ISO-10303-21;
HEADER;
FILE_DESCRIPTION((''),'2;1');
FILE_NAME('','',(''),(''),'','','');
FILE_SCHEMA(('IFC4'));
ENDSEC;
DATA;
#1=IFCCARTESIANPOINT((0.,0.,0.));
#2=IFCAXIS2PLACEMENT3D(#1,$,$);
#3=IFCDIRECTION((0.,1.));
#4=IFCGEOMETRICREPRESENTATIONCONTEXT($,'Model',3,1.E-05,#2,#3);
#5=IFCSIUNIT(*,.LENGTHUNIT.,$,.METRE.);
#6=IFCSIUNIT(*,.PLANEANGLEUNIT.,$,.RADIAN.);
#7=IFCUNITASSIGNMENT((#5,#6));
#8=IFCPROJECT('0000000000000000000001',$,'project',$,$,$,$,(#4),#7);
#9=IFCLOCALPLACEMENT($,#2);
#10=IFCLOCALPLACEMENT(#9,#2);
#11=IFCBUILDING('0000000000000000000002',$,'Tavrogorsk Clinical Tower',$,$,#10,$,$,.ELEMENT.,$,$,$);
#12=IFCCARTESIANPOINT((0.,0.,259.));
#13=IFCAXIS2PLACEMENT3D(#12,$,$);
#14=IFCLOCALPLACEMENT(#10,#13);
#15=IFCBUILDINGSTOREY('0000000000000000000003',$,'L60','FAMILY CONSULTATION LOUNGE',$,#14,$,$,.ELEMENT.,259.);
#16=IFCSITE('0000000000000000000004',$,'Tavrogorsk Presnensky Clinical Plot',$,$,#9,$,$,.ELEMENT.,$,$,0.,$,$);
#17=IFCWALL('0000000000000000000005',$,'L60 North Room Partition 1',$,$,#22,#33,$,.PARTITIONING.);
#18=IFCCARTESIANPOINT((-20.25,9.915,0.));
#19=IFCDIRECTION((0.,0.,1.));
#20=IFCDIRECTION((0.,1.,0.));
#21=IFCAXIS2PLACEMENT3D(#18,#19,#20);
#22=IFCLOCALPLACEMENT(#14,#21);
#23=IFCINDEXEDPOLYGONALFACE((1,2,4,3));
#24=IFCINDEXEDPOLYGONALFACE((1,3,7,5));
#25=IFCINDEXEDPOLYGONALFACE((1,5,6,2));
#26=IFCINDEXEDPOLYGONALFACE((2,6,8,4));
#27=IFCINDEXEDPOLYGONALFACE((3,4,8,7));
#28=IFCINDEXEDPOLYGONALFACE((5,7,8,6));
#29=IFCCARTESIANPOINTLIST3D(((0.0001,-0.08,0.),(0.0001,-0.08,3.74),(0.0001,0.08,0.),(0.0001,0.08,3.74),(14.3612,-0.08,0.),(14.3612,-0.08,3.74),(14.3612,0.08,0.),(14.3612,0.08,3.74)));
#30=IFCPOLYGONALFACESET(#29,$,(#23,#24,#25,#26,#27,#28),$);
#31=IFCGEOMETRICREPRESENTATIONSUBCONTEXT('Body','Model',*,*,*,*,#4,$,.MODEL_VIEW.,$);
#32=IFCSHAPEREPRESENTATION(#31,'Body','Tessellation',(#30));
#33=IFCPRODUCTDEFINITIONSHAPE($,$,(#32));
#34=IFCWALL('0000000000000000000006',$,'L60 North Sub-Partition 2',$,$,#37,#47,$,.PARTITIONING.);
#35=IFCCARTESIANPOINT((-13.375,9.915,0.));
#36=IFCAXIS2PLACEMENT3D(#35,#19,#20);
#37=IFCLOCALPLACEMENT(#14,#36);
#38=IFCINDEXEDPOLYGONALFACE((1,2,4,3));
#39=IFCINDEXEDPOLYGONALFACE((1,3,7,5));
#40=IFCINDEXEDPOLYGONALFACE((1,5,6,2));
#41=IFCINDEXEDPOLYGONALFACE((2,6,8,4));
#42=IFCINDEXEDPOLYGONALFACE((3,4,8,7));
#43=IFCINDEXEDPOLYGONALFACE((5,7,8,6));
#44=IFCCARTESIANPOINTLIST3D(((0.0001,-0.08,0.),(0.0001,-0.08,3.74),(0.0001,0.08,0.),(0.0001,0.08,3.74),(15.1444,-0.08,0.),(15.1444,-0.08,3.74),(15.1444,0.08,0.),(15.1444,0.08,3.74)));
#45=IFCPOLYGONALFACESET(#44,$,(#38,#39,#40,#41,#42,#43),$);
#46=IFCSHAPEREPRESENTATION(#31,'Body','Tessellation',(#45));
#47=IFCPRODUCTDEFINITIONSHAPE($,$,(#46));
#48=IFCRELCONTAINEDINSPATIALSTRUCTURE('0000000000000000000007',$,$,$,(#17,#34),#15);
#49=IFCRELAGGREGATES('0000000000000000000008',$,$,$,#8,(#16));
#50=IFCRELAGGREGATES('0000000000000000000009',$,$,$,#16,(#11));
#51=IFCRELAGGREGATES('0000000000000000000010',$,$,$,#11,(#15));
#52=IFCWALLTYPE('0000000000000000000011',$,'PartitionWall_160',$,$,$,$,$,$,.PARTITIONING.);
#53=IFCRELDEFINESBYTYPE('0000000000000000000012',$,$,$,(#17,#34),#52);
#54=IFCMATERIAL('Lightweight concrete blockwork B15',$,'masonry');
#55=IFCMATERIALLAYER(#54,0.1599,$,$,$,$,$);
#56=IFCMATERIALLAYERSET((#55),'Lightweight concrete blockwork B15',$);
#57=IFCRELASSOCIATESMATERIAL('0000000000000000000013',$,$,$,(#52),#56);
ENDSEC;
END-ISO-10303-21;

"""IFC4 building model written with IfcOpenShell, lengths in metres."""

from ifc_helpers import new_model, si_unit, direction, frame, frame_2d, origin, place, context, subcontext, project, spatial, rectangle, extrude, material, layer, layer_set, type_object, element, save


model = new_model("IFC4")

# Units and contexts
model_context = context("Model", 3, precision=1e-05, world=origin(), true_north=direction((0.0, 1.0)))
body_context = subcontext(model_context, "Body", "Model", "MODEL_VIEW")
ifc_project = project(units=[si_unit("LENGTHUNIT", "METRE"), si_unit("PLANEANGLEUNIT", "RADIAN")], contexts=[model_context])

# Site, building, storey
site_placement = place(None, origin())
site = spatial("IfcSite", under=ifc_project, at=site_placement, Name="Tavrogorsk Presnensky Clinical Plot", CompositionType="ELEMENT", RefElevation=0.0)
building_placement = place(site_placement, origin())
building = spatial("IfcBuilding", under=site, at=building_placement, Name="Tavrogorsk Clinical Tower", CompositionType="ELEMENT")
storey_placement = place(building_placement, frame((0.0, 0.0, 259.0)))
storey = spatial("IfcBuildingStorey", under=building, at=storey_placement, Name="L60", Description="FAMILY CONSULTATION LOUNGE", CompositionType="ELEMENT", Elevation=259.0)

# Walls
ifc_material_1 = material(Name="Lightweight concrete blockwork B15", Category="masonry")
ifc_layer_1 = layer(ifc_material_1, 0.1599)
ifc_layer_set_1 = layer_set([ifc_layer_1], Name="Lightweight concrete blockwork B15")
wall_type_1 = type_object("IfcWallType", Name="PartitionWall_160", PredefinedType="PARTITIONING", material=ifc_layer_set_1)
wall_1_placement = place(storey_placement, frame((-20.25, 9.915, 0.0), z_axis=(0.0, 0.0, 1.0), x_axis=(0.0, 1.0, 0.0)))
element("IfcWall", 1, at=wall_1_placement, inside=storey, type_object=wall_type_1, Name="L60 North Room Partition 1", PredefinedType="PARTITIONING", context=body_context, shape_type="SweptSolid", body=[
    extrude(rectangle(XDim=14.3611, YDim=0.1599, at=frame_2d((7.1807, 0.0))), origin(), (0.0, 0.0, 1.0), 3.74),
])
wall_2_placement = place(storey_placement, frame((-13.375, 9.915, 0.0), z_axis=(0.0, 0.0, 1.0), x_axis=(0.0, 1.0, 0.0)))
element("IfcWall", 2, at=wall_2_placement, inside=storey, type_object=wall_type_1, Name="L60 North Sub-Partition 2", PredefinedType="PARTITIONING", context=body_context, shape_type="SweptSolid", body=[
    extrude(rectangle(XDim=15.1443, YDim=0.1599, at=frame_2d((7.5723, 0.0))), origin(), (0.0, 0.0, 1.0), 3.74),
])

save(model, "model.ifc")
